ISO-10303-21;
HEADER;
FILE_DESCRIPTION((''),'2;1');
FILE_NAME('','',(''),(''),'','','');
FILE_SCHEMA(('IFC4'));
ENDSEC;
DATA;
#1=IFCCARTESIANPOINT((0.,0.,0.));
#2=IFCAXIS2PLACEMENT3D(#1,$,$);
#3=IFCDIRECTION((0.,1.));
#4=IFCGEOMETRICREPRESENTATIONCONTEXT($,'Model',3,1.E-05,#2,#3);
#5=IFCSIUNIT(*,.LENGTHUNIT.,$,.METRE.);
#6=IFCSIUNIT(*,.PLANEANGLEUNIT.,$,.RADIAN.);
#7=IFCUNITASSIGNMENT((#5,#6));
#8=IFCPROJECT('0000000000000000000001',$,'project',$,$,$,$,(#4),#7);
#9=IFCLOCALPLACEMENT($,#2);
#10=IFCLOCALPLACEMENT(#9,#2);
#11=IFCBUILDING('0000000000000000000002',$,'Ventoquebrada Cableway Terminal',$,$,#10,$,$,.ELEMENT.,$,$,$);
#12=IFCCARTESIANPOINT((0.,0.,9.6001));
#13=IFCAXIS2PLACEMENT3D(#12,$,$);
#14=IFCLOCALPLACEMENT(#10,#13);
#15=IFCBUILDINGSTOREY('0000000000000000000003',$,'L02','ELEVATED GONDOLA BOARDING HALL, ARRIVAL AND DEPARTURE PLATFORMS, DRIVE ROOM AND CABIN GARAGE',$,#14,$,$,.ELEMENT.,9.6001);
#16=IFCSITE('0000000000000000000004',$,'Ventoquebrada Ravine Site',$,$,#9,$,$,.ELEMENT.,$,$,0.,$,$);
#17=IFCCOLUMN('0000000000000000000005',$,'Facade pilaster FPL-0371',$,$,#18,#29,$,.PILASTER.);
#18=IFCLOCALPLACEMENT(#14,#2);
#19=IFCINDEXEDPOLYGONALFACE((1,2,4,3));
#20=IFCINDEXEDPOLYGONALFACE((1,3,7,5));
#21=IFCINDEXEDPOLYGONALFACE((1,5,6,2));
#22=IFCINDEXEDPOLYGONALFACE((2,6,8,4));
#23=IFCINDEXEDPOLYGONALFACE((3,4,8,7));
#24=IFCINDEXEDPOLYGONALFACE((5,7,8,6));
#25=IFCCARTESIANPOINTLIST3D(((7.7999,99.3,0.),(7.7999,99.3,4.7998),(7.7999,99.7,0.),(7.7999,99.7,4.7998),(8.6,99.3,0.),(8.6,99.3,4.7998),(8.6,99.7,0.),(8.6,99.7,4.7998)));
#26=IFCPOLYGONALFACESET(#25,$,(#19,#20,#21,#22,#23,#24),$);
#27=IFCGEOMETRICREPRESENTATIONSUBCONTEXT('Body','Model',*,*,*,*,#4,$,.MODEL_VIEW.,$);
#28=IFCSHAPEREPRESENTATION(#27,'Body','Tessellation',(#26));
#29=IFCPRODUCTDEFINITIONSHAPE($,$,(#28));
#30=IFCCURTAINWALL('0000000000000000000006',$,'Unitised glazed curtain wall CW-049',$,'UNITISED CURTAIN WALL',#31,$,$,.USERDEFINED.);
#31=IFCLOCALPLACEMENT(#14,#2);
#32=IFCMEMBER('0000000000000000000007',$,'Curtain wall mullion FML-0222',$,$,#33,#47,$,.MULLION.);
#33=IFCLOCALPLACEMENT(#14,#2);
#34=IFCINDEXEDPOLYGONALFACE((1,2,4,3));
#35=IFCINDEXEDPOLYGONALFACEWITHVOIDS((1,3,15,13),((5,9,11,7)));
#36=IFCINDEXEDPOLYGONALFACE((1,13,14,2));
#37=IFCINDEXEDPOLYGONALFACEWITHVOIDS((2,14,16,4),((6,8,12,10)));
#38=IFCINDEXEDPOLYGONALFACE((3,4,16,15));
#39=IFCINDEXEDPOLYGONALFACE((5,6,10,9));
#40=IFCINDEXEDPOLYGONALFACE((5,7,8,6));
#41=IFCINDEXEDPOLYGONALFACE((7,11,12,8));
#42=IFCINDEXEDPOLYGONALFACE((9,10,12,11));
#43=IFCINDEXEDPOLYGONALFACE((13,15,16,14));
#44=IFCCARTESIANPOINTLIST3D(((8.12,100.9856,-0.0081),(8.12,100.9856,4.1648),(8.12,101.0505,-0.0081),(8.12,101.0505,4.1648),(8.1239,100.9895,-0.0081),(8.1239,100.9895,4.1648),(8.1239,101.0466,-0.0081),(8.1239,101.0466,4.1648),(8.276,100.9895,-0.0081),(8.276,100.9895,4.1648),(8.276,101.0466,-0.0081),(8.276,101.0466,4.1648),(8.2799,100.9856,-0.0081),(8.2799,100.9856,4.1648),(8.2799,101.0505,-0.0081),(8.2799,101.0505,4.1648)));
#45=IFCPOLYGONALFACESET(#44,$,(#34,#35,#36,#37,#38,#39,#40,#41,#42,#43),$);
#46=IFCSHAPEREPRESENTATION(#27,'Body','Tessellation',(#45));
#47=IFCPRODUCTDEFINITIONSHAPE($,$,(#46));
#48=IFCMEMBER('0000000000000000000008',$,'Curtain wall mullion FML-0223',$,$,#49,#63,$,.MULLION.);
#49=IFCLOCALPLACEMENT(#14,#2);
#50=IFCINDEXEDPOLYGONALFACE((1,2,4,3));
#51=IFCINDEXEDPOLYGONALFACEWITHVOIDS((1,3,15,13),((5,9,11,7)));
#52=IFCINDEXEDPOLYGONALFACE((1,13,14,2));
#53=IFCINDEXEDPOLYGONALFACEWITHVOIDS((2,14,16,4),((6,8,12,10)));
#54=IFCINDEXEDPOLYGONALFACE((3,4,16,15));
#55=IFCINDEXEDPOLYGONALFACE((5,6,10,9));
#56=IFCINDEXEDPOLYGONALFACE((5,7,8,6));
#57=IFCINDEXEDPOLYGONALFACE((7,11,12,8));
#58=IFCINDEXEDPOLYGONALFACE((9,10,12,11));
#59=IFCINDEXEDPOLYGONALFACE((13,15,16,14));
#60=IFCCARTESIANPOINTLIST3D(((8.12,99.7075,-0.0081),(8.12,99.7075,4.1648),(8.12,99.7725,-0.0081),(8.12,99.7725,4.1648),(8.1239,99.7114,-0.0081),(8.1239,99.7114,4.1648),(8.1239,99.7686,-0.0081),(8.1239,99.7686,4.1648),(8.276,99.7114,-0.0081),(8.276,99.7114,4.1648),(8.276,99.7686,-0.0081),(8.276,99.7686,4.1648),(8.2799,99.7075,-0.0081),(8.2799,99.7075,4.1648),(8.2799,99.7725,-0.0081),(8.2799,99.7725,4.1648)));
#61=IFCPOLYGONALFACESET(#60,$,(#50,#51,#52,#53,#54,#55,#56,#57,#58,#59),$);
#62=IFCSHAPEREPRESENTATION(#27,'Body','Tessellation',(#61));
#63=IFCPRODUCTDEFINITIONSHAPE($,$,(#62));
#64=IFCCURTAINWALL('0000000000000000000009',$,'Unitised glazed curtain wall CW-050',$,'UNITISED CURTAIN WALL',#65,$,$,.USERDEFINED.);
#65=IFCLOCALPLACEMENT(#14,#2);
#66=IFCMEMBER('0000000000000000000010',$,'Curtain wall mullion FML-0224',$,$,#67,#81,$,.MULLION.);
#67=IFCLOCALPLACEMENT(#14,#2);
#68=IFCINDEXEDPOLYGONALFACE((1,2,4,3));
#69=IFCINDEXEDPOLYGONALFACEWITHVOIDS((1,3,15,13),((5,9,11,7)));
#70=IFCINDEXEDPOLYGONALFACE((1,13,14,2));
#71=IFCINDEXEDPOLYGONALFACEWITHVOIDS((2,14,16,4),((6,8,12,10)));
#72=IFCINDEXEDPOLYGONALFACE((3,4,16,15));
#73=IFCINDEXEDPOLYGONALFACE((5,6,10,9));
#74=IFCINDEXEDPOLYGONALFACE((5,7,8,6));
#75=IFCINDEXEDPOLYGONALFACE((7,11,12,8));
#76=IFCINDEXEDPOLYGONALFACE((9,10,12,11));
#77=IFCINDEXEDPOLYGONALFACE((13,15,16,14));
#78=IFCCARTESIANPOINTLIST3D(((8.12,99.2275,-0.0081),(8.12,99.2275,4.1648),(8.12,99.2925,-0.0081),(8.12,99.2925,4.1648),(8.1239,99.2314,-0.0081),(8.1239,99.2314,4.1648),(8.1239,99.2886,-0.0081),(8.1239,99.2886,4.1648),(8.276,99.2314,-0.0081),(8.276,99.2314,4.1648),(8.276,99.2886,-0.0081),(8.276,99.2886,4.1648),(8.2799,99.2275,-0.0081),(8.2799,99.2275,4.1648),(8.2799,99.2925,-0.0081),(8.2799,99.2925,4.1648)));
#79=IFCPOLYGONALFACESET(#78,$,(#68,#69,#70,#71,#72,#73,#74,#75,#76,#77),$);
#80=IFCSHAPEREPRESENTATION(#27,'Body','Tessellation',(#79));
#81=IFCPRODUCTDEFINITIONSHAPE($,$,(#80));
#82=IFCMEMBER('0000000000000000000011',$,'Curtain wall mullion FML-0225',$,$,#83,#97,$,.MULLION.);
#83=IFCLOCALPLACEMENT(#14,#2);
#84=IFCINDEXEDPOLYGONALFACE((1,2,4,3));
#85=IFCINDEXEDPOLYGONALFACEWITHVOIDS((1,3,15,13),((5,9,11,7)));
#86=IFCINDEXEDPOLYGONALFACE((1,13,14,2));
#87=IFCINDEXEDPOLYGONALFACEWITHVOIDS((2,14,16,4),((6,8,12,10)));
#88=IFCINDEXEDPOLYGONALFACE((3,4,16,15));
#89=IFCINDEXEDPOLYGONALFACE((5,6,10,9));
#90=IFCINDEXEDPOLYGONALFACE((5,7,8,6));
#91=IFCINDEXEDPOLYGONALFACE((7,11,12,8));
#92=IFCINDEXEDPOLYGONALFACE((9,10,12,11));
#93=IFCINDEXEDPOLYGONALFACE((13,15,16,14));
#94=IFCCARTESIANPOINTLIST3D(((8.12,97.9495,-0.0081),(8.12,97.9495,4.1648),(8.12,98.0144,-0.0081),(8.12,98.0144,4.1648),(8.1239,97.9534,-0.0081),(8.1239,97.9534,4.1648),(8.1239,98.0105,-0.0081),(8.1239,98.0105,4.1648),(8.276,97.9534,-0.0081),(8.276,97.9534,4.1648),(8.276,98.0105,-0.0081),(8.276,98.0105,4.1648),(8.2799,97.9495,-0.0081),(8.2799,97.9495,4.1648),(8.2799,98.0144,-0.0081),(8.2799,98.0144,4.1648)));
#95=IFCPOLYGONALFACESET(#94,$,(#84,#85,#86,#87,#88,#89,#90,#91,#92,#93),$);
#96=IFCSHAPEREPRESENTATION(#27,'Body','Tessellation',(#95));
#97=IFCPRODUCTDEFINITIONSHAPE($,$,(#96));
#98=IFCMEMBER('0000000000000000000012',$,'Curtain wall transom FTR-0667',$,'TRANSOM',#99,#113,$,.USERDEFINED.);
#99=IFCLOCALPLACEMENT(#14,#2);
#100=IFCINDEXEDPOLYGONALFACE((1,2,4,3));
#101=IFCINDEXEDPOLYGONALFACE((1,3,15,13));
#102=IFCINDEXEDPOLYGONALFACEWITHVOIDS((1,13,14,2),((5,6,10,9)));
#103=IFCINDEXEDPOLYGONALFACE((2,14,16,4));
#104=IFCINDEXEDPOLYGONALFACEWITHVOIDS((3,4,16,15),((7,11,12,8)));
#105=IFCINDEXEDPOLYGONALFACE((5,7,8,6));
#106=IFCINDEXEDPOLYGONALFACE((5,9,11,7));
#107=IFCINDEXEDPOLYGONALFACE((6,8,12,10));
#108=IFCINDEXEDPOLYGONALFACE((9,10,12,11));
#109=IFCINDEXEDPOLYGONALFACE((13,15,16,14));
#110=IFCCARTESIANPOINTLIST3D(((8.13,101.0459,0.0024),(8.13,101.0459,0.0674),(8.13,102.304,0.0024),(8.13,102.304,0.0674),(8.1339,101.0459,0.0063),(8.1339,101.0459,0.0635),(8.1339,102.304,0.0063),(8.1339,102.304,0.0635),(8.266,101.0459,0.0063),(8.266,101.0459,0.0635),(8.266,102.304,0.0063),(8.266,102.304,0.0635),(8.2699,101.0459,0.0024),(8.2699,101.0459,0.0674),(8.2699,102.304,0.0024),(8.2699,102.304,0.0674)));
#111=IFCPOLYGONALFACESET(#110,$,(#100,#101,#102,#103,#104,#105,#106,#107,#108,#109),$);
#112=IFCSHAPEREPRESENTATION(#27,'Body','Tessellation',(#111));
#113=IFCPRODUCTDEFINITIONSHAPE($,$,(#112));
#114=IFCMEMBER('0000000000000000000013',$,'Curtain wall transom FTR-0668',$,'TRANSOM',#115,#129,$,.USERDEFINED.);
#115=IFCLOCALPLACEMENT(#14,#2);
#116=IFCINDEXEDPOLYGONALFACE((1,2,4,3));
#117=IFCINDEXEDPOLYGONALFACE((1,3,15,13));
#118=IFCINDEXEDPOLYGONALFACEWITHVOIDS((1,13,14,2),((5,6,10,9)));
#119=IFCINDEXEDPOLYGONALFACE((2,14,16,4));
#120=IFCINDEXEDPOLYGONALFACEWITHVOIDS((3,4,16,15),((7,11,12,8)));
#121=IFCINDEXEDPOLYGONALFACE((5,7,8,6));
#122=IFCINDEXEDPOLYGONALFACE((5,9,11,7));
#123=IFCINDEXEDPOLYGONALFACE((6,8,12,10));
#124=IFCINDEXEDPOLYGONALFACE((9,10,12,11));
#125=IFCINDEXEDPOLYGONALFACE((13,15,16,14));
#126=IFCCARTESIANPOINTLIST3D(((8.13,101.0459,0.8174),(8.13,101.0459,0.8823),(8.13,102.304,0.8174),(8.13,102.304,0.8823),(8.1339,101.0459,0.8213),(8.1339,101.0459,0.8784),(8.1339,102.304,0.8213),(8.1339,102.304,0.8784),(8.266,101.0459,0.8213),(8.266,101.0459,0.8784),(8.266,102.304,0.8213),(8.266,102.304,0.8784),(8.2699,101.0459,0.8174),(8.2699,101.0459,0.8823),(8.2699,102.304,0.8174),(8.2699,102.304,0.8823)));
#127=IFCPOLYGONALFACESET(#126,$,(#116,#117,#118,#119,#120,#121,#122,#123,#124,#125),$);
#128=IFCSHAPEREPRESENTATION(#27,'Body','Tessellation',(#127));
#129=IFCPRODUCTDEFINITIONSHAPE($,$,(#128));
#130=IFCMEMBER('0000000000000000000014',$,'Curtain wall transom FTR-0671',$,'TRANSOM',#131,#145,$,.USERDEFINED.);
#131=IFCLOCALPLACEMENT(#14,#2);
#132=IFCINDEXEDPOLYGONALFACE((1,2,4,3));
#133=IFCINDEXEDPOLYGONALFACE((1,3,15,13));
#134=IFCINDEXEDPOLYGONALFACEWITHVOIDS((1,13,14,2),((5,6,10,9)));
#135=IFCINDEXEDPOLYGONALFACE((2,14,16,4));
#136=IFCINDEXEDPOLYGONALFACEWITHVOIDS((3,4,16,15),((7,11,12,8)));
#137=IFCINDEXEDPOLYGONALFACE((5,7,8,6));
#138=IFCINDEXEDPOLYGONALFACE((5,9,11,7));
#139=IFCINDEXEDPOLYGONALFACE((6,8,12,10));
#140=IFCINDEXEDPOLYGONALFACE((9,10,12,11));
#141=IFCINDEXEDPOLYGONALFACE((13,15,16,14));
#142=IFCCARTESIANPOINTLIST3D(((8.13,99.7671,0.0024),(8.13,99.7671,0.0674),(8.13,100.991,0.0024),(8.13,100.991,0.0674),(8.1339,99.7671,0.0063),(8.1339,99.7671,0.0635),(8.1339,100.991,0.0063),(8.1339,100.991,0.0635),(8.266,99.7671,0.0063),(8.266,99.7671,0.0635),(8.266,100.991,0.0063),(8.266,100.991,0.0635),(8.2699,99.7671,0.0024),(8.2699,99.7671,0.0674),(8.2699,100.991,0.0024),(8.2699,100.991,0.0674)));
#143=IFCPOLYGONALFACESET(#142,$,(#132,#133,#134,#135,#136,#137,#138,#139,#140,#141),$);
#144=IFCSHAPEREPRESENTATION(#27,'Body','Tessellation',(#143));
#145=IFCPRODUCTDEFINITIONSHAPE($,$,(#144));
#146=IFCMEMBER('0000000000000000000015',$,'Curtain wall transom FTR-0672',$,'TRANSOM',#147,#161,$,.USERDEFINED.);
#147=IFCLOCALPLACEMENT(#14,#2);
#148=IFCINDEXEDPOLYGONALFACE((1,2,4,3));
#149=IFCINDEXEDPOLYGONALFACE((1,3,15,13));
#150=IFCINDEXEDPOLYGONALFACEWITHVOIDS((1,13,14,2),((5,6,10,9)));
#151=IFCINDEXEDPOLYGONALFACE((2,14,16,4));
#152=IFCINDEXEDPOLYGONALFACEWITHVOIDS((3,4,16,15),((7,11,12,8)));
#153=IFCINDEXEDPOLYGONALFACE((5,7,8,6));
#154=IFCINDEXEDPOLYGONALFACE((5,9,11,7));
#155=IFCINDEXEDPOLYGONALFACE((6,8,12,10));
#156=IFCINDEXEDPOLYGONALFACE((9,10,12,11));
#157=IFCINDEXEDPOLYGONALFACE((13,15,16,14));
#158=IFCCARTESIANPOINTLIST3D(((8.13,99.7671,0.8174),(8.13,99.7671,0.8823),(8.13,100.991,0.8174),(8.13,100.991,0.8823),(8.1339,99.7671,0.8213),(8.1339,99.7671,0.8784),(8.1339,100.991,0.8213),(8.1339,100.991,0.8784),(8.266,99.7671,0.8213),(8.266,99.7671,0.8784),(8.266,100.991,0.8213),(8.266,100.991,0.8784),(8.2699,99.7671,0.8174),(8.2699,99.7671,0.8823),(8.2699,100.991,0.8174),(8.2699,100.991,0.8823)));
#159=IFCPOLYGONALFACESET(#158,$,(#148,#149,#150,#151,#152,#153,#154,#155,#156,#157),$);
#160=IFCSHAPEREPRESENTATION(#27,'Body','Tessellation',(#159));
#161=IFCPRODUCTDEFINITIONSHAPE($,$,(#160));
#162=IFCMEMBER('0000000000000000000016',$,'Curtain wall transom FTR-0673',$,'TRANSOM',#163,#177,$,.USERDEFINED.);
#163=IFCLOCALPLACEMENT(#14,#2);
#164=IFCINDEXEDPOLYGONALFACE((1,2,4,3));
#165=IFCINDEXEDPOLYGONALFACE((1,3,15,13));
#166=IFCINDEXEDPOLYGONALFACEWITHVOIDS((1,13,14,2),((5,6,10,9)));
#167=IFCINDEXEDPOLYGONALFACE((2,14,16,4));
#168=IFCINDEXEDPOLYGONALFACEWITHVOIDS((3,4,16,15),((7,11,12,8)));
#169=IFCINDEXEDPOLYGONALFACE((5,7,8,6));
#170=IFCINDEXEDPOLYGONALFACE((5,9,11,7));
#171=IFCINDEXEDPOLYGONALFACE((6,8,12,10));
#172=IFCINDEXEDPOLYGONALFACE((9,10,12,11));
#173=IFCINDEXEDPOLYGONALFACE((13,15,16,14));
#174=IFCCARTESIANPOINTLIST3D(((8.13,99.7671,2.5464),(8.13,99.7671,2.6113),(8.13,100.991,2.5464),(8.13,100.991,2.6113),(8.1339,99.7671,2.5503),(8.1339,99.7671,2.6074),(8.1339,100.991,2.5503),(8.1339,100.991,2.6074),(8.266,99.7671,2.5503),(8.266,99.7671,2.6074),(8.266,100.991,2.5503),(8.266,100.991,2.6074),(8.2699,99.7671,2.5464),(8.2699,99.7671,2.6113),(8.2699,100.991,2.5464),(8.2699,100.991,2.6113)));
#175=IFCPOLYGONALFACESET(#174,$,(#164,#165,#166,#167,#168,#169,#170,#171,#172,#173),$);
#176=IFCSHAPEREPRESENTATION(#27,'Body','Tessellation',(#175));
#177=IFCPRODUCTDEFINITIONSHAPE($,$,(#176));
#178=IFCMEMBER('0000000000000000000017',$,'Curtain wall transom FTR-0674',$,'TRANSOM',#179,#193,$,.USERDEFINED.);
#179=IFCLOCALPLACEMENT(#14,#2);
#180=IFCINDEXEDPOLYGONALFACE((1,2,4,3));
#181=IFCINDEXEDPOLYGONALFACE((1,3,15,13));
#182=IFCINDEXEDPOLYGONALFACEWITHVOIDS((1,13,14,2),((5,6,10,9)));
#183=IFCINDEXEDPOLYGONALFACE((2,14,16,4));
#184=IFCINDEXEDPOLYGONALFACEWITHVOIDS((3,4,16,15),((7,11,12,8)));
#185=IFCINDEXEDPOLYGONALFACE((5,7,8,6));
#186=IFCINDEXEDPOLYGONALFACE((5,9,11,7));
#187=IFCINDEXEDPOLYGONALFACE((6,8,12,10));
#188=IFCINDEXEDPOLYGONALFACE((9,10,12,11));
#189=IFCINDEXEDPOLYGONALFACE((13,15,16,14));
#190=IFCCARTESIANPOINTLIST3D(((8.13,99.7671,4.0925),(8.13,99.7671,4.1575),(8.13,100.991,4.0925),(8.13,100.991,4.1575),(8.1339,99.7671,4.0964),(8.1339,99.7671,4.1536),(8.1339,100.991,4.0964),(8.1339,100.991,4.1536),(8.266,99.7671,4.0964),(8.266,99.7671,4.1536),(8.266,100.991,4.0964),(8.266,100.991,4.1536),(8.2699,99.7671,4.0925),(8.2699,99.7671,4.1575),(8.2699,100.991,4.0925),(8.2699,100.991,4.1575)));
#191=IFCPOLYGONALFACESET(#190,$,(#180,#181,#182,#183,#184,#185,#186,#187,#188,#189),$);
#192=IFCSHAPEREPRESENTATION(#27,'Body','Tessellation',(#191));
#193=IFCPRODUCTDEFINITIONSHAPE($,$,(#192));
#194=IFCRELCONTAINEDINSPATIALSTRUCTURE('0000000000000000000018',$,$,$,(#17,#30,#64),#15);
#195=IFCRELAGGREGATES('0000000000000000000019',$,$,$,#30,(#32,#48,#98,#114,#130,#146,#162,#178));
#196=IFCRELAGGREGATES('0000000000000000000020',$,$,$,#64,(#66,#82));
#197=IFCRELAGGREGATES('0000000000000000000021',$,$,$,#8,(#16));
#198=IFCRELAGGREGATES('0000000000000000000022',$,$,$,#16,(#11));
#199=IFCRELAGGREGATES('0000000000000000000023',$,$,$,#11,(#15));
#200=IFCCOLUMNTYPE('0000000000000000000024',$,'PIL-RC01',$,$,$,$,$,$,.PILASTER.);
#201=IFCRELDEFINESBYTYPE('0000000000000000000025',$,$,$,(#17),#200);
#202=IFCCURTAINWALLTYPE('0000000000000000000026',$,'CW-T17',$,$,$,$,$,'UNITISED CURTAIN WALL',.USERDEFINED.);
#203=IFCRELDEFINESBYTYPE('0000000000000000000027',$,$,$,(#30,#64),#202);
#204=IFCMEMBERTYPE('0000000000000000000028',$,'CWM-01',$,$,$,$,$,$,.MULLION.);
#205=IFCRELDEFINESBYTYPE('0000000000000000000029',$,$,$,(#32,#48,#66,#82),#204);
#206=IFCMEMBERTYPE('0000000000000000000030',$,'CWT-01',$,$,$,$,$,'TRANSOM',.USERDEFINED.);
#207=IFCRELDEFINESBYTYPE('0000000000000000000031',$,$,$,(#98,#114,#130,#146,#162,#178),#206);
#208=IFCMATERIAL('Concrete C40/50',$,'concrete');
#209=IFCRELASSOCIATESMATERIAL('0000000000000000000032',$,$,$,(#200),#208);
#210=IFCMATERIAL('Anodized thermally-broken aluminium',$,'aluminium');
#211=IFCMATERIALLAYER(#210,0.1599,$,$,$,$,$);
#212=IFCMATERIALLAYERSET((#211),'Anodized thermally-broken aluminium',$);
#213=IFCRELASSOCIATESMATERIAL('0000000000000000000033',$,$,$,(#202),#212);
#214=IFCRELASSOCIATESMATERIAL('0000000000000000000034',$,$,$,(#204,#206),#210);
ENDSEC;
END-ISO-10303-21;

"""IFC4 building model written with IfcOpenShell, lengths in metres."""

from ifc_helpers import new_model, si_unit, direction, frame, origin, origin_2d, place, context, subcontext, project, spatial, rectangle, hollow_rectangle, extrude, material, layer, layer_set, material_profile, profile_set, type_object, element, aggregate, save


model = new_model("IFC4")

# Units and contexts
model_context = context("Model", 3, precision=1e-05, world=origin(), true_north=direction((0.0, 1.0)))
body_context = subcontext(model_context, "Body", "Model", "MODEL_VIEW")
ifc_project = project(units=[si_unit("LENGTHUNIT", "METRE"), si_unit("PLANEANGLEUNIT", "RADIAN")], contexts=[model_context])

# Site, building, storey
site_placement = place(None, origin())
site = spatial("IfcSite", under=ifc_project, at=site_placement, Name="Ventoquebrada Ravine Site", CompositionType="ELEMENT", RefElevation=0.0)
building_placement = place(site_placement, origin())
building = spatial("IfcBuilding", under=site, at=building_placement, Name="Ventoquebrada Cableway Terminal", CompositionType="ELEMENT")
storey_placement = place(building_placement, frame((0.0, 0.0, 9.6001)))
storey = spatial("IfcBuildingStorey", under=building, at=storey_placement, Name="L02", Description="ELEVATED GONDOLA BOARDING HALL, ARRIVAL AND DEPARTURE PLATFORMS, DRIVE ROOM AND CABIN GARAGE", CompositionType="ELEMENT", Elevation=9.6001)

# Column
ifc_material_1 = material(Name="Concrete C40/50", Category="concrete")
ifc_material_profile_1 = material_profile(ifc_material_1, rectangle(XDim=0.3999, YDim=0.8, at=origin_2d()), Name="RC-PIL-400X800")
ifc_profile_set_1 = profile_set([ifc_material_profile_1], Name="Concrete C40/50")
column_type = type_object("IfcColumnType", Name="PIL-RC01", PredefinedType="PILASTER", material=ifc_profile_set_1)
column_placement = place(storey_placement, frame((8.2, 99.5, 0.0), z_axis=(0.0, 0.0, 1.0), x_axis=(0.0, 1.0, 0.0)))
element("IfcColumn", 1, at=column_placement, inside=storey, type_object=column_type, Name="Facade pilaster FPL-0371", PredefinedType="PILASTER", context=body_context, shape_type="SweptSolid", body=[
    extrude(rectangle(XDim=0.3999, YDim=0.8, at=origin_2d()), origin(), (0.0, 0.0, 1.0), 4.7998),
])

# Curtain walls, members
ifc_material_2 = material(Name="Anodized thermally-broken aluminium", Category="aluminium")
ifc_layer_1 = layer(ifc_material_2, 0.1599)
ifc_layer_set_1 = layer_set([ifc_layer_1], Name="Anodized thermally-broken aluminium")
curtain_wall_type = type_object("IfcCurtainWallType", Name="CW-T17", ElementType="UNITISED CURTAIN WALL", PredefinedType="USERDEFINED", material=ifc_layer_set_1)
curtain_wall_1_placement = place(storey_placement, origin())
curtain_wall_1 = element("IfcCurtainWall", 2, at=curtain_wall_1_placement, inside=storey, type_object=curtain_wall_type, Name="Unitised glazed curtain wall CW-049", ObjectType="UNITISED CURTAIN WALL", PredefinedType="USERDEFINED")
ifc_material_profile_2 = material_profile(ifc_material_2, hollow_rectangle(XDim=0.0649, YDim=0.1599, WallThickness=0.0039, at=origin_2d()), Name="CW-MUL-65X160")
ifc_profile_set_2 = profile_set([ifc_material_profile_2], Name="Anodized thermally-broken aluminium")
member_type_1 = type_object("IfcMemberType", Name="CWM-01", PredefinedType="MULLION", material=ifc_profile_set_2)
member_1_placement = place(storey_placement, frame((8.2, 101.0181, -0.0081), z_axis=(0.0, 0.0, 1.0), x_axis=(0.0, -1.0, 0.0)))
member_1 = element("IfcMember", 3, at=member_1_placement, type_object=member_type_1, Name="Curtain wall mullion FML-0222", PredefinedType="MULLION", context=body_context, shape_type="SweptSolid", body=[
    extrude(hollow_rectangle(XDim=0.0649, YDim=0.1599, WallThickness=0.0039, at=origin_2d()), origin(), (0.0, 0.0, 1.0), 4.1729),
])
member_2_placement = place(storey_placement, frame((8.2, 99.74, -0.0081), z_axis=(0.0, 0.0, 1.0), x_axis=(0.0, -1.0, 0.0)))
member_2 = element("IfcMember", 4, at=member_2_placement, type_object=member_type_1, Name="Curtain wall mullion FML-0223", PredefinedType="MULLION", context=body_context, shape_type="SweptSolid", body=[
    extrude(hollow_rectangle(XDim=0.0649, YDim=0.1599, WallThickness=0.0039, at=origin_2d()), origin(), (0.0, 0.0, 1.0), 4.1729),
])
curtain_wall_2_placement = place(storey_placement, origin())
curtain_wall_2 = element("IfcCurtainWall", 5, at=curtain_wall_2_placement, inside=storey, type_object=curtain_wall_type, Name="Unitised glazed curtain wall CW-050", ObjectType="UNITISED CURTAIN WALL", PredefinedType="USERDEFINED")
member_3_placement = place(storey_placement, frame((8.2, 99.26, -0.0081), z_axis=(0.0, 0.0, 1.0), x_axis=(0.0, -1.0, 0.0)))
member_3 = element("IfcMember", 6, at=member_3_placement, type_object=member_type_1, Name="Curtain wall mullion FML-0224", PredefinedType="MULLION", context=body_context, shape_type="SweptSolid", body=[
    extrude(hollow_rectangle(XDim=0.0649, YDim=0.1599, WallThickness=0.0039, at=origin_2d()), origin(), (0.0, 0.0, 1.0), 4.1729),
])
member_4_placement = place(storey_placement, frame((8.2, 97.9819, -0.0081), z_axis=(0.0, 0.0, 1.0), x_axis=(0.0, -1.0, 0.0)))
member_4 = element("IfcMember", 7, at=member_4_placement, type_object=member_type_1, Name="Curtain wall mullion FML-0225", PredefinedType="MULLION", context=body_context, shape_type="SweptSolid", body=[
    extrude(hollow_rectangle(XDim=0.0649, YDim=0.1599, WallThickness=0.0039, at=origin_2d()), origin(), (0.0, 0.0, 1.0), 4.1729),
])

# Members
ifc_material_profile_3 = material_profile(ifc_material_2, hollow_rectangle(XDim=0.0649, YDim=0.1399, WallThickness=0.0039, at=origin_2d()), Name="CW-TRN-65X140")
ifc_profile_set_3 = profile_set([ifc_material_profile_3], Name="Anodized thermally-broken aluminium")
member_type_2 = type_object("IfcMemberType", Name="CWT-01", ElementType="TRANSOM", PredefinedType="USERDEFINED", material=ifc_profile_set_3)
member_5_placement = place(storey_placement, frame((8.2, 102.304, 0.0349), z_axis=(0.0, -1.0, 0.0), x_axis=(0.0, 0.0, 1.0)))
member_5 = element("IfcMember", 8, at=member_5_placement, type_object=member_type_2, Name="Curtain wall transom FTR-0667", ObjectType="TRANSOM", PredefinedType="USERDEFINED", context=body_context, shape_type="SweptSolid", body=[
    extrude(hollow_rectangle(XDim=0.0649, YDim=0.1399, WallThickness=0.0039, at=origin_2d()), origin(), (0.0, 0.0, 1.0), 1.2581),
])
member_6_placement = place(storey_placement, frame((8.2, 102.304, 0.8499), z_axis=(0.0, -1.0, 0.0), x_axis=(0.0, 0.0, 1.0)))
member_6 = element("IfcMember", 9, at=member_6_placement, type_object=member_type_2, Name="Curtain wall transom FTR-0668", ObjectType="TRANSOM", PredefinedType="USERDEFINED", context=body_context, shape_type="SweptSolid", body=[
    extrude(hollow_rectangle(XDim=0.0649, YDim=0.1399, WallThickness=0.0039, at=origin_2d()), origin(), (0.0, 0.0, 1.0), 1.2581),
])
member_7_placement = place(storey_placement, frame((8.2, 100.991, 0.0349), z_axis=(0.0, -1.0, 0.0), x_axis=(0.0, 0.0, 1.0)))
member_7 = element("IfcMember", 10, at=member_7_placement, type_object=member_type_2, Name="Curtain wall transom FTR-0671", ObjectType="TRANSOM", PredefinedType="USERDEFINED", context=body_context, shape_type="SweptSolid", body=[
    extrude(hollow_rectangle(XDim=0.0649, YDim=0.1399, WallThickness=0.0039, at=origin_2d()), origin(), (0.0, 0.0, 1.0), 1.2239),
])
member_8_placement = place(storey_placement, frame((8.2, 100.991, 0.8499), z_axis=(0.0, -1.0, 0.0), x_axis=(0.0, 0.0, 1.0)))
member_8 = element("IfcMember", 11, at=member_8_placement, type_object=member_type_2, Name="Curtain wall transom FTR-0672", ObjectType="TRANSOM", PredefinedType="USERDEFINED", context=body_context, shape_type="SweptSolid", body=[
    extrude(hollow_rectangle(XDim=0.0649, YDim=0.1399, WallThickness=0.0039, at=origin_2d()), origin(), (0.0, 0.0, 1.0), 1.2239),
])
member_9_placement = place(storey_placement, frame((8.2, 100.991, 2.5789), z_axis=(0.0, -1.0, 0.0), x_axis=(0.0, 0.0, 1.0)))
member_9 = element("IfcMember", 12, at=member_9_placement, type_object=member_type_2, Name="Curtain wall transom FTR-0673", ObjectType="TRANSOM", PredefinedType="USERDEFINED", context=body_context, shape_type="SweptSolid", body=[
    extrude(hollow_rectangle(XDim=0.0649, YDim=0.1399, WallThickness=0.0039, at=origin_2d()), origin(), (0.0, 0.0, 1.0), 1.2239),
])
member_10_placement = place(storey_placement, frame((8.2, 100.991, 4.125), z_axis=(0.0, -1.0, 0.0), x_axis=(0.0, 0.0, 1.0)))
member_10 = element("IfcMember", 13, at=member_10_placement, type_object=member_type_2, Name="Curtain wall transom FTR-0674", ObjectType="TRANSOM", PredefinedType="USERDEFINED", context=body_context, shape_type="SweptSolid", body=[
    extrude(hollow_rectangle(XDim=0.0649, YDim=0.1399, WallThickness=0.0039, at=origin_2d()), origin(), (0.0, 0.0, 1.0), 1.2239),
])

aggregate(curtain_wall_1, [member_1, member_2, member_5, member_6, member_7, member_8, member_9, member_10])
aggregate(curtain_wall_2, [member_3, member_4])

save(model, "model.ifc")
